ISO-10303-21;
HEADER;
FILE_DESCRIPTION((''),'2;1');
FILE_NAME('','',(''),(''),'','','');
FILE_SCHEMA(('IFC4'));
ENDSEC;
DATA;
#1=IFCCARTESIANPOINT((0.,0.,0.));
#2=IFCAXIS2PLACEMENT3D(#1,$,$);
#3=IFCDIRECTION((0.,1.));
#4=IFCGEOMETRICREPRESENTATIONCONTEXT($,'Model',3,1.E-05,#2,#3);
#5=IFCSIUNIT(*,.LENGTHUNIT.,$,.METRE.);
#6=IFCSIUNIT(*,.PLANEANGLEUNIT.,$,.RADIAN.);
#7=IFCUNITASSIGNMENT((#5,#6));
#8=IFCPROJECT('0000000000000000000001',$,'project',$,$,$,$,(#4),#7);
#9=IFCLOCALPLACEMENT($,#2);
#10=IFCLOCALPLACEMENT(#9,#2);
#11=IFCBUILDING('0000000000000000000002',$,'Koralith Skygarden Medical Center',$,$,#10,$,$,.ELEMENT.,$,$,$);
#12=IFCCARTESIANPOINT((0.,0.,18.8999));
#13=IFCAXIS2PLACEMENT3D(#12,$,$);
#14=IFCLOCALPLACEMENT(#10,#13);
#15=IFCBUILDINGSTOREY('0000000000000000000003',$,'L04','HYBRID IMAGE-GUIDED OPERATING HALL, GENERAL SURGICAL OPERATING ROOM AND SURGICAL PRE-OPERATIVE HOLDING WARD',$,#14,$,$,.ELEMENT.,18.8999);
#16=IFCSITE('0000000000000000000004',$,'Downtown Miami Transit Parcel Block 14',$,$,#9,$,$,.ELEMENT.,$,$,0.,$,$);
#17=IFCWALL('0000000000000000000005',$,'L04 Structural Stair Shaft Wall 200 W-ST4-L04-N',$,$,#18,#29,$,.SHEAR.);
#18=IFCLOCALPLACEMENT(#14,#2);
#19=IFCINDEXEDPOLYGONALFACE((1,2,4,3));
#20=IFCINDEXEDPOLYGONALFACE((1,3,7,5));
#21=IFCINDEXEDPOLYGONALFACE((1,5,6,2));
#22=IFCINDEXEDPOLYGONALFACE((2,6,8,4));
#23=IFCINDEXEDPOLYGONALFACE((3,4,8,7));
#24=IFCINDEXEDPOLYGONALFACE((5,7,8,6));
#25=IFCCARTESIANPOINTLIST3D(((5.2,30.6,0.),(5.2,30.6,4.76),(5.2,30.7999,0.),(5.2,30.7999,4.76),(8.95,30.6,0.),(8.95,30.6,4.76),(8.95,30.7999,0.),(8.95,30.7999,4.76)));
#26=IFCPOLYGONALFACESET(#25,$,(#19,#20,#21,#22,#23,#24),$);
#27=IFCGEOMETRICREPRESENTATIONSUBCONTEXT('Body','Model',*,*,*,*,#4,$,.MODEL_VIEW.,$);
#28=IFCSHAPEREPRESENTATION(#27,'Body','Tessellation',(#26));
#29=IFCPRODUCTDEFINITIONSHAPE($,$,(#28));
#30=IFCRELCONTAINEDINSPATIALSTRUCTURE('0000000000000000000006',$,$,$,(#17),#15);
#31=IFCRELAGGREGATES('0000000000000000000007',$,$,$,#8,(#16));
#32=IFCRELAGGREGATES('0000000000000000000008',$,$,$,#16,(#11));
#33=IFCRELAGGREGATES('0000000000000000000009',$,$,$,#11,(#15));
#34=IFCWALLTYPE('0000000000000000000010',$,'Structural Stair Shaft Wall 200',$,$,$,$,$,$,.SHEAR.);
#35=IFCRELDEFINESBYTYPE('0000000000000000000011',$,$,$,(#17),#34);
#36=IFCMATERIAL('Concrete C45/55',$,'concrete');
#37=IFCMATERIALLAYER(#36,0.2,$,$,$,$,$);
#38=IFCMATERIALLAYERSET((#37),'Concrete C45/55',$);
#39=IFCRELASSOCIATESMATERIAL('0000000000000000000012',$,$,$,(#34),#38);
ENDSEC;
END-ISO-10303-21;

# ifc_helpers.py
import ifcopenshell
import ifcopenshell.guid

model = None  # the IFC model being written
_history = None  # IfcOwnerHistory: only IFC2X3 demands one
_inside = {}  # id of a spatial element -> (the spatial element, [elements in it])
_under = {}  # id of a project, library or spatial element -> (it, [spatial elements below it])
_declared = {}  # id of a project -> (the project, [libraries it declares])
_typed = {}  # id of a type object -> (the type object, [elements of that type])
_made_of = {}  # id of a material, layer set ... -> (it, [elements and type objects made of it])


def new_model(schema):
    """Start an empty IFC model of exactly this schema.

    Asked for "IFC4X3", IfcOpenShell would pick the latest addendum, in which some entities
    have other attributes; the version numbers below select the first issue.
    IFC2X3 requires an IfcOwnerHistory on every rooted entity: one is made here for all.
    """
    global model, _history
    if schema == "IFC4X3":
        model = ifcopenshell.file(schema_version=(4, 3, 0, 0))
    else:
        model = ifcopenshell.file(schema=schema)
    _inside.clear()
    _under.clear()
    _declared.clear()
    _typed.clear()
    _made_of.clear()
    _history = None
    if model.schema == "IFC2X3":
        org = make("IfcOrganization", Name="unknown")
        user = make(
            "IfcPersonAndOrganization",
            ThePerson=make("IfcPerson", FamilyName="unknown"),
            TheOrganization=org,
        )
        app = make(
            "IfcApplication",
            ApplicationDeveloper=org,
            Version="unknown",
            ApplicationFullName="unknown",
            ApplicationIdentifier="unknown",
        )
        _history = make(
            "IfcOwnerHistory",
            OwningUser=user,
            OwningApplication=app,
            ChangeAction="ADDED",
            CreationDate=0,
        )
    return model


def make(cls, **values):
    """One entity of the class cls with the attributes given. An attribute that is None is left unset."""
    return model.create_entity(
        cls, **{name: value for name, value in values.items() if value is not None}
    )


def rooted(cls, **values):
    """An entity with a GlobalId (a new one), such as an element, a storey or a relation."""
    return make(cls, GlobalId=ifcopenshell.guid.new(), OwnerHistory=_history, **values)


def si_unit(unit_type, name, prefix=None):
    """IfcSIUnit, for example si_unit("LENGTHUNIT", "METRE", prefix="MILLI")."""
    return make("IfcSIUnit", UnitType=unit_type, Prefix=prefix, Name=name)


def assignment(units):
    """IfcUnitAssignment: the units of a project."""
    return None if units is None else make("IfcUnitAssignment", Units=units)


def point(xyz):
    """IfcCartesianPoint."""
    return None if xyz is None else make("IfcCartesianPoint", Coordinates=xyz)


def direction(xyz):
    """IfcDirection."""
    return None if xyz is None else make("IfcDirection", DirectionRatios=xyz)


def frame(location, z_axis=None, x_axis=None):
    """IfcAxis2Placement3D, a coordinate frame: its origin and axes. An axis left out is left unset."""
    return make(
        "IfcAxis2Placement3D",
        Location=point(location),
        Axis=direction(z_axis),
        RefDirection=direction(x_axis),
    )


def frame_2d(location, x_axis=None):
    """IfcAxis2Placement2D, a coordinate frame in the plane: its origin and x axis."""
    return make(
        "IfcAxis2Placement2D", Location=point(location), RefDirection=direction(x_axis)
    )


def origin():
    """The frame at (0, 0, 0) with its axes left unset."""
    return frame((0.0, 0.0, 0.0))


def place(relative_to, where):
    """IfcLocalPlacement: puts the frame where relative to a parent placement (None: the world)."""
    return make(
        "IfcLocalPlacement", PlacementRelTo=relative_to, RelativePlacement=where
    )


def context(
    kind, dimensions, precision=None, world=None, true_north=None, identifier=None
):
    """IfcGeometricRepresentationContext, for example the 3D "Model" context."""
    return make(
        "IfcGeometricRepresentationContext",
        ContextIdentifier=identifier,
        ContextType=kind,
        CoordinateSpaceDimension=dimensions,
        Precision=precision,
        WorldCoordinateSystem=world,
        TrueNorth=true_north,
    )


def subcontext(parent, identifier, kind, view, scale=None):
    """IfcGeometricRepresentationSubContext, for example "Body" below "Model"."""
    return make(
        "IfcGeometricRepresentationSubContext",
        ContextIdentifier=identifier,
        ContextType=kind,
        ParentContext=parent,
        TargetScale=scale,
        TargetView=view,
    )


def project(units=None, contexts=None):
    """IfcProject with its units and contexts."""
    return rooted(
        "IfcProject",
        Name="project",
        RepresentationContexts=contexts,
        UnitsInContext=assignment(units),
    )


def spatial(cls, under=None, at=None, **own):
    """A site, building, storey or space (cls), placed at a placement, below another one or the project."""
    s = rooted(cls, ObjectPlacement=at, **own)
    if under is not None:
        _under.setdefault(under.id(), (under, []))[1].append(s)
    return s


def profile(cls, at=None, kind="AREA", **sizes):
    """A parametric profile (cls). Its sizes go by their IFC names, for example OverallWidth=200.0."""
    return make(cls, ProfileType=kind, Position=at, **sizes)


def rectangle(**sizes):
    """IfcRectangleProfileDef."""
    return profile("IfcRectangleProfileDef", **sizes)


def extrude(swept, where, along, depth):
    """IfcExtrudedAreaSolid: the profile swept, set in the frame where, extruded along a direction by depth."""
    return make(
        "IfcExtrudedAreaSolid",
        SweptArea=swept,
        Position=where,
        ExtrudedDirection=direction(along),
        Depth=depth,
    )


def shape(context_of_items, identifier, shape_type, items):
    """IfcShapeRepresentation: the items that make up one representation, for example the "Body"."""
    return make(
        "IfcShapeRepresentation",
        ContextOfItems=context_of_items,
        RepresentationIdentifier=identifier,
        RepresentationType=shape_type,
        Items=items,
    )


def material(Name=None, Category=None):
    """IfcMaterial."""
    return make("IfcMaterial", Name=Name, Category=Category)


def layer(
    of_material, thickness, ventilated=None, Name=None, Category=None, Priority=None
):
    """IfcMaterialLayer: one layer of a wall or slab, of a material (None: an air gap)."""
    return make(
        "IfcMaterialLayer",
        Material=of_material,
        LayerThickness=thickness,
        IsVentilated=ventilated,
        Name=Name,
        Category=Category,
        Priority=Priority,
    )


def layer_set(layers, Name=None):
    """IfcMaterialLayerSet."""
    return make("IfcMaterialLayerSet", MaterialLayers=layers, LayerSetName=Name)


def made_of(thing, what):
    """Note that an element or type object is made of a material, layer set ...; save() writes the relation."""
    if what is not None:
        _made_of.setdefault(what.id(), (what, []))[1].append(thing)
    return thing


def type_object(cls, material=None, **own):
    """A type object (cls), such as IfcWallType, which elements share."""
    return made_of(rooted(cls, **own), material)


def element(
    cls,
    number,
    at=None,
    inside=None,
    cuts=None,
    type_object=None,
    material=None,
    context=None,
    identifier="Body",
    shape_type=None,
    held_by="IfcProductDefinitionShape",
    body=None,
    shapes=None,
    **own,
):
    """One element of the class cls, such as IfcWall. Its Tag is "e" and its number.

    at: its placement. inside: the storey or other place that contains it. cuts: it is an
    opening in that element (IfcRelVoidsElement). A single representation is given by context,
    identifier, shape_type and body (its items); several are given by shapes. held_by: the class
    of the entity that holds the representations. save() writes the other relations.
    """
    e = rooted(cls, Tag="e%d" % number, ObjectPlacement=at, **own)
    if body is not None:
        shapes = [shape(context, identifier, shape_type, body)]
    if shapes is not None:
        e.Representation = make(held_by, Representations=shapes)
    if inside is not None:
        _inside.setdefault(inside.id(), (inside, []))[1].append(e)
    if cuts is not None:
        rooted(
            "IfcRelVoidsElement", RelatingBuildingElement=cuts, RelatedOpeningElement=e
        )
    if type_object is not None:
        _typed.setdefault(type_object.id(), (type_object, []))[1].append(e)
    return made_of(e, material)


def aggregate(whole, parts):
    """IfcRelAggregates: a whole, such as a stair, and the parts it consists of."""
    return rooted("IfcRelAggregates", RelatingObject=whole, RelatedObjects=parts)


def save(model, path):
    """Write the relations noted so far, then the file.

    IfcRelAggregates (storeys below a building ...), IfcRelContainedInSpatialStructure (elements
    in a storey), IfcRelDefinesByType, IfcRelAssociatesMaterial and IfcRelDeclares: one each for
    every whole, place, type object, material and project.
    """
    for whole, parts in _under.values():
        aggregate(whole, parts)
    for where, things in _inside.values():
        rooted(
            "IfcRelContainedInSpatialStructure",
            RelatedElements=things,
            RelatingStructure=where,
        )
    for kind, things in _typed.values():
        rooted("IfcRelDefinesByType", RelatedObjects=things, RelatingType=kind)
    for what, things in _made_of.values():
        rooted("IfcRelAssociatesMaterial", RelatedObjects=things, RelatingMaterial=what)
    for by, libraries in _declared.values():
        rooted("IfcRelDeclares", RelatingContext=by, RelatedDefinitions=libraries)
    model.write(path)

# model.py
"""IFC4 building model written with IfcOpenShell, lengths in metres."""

from ifc_helpers import new_model, si_unit, direction, frame, frame_2d, origin, place, context, subcontext, project, spatial, rectangle, extrude, material, layer, layer_set, type_object, element, save


model = new_model("IFC4")

# Units and contexts
model_context = context("Model", 3, precision=1e-05, world=origin(), true_north=direction((0.0, 1.0)))
body_context = subcontext(model_context, "Body", "Model", "MODEL_VIEW")
ifc_project = project(units=[si_unit("LENGTHUNIT", "METRE"), si_unit("PLANEANGLEUNIT", "RADIAN")], contexts=[model_context])

# Site, building, storey
site_placement = place(None, origin())
site = spatial("IfcSite", under=ifc_project, at=site_placement, Name="Downtown Miami Transit Parcel Block 14", CompositionType="ELEMENT", RefElevation=0.0)
building_placement = place(site_placement, origin())
building = spatial("IfcBuilding", under=site, at=building_placement, Name="Koralith Skygarden Medical Center", CompositionType="ELEMENT")
storey_placement = place(building_placement, frame((0.0, 0.0, 18.8999)))
storey = spatial("IfcBuildingStorey", under=building, at=storey_placement, Name="L04", Description="HYBRID IMAGE-GUIDED OPERATING HALL, GENERAL SURGICAL OPERATING ROOM AND SURGICAL PRE-OPERATIVE HOLDING WARD", CompositionType="ELEMENT", Elevation=18.8999)

# Wall
ifc_material_1 = material(Name="Concrete C45/55", Category="concrete")
ifc_layer_1 = layer(ifc_material_1, 0.2)
ifc_layer_set_1 = layer_set([ifc_layer_1], Name="Concrete C45/55")
wall_type_1 = type_object("IfcWallType", Name="Structural Stair Shaft Wall 200", PredefinedType="SHEAR", material=ifc_layer_set_1)
wall_1_placement = place(storey_placement, frame((5.2, 30.7, 0.0), z_axis=(0.0, 0.0, 1.0), x_axis=(1.0, 0.0, 0.0)))
element("IfcWall", 1, at=wall_1_placement, inside=storey, type_object=wall_type_1, Name="L04 Structural Stair Shaft Wall 200 W-ST4-L04-N", PredefinedType="SHEAR", context=body_context, shape_type="SweptSolid", body=[
    extrude(rectangle(XDim=3.75, YDim=0.2, at=frame_2d((1.875, 0.0))), origin(), (0.0, 0.0, 1.0), 4.76),
])

save(model, "model.ifc")
